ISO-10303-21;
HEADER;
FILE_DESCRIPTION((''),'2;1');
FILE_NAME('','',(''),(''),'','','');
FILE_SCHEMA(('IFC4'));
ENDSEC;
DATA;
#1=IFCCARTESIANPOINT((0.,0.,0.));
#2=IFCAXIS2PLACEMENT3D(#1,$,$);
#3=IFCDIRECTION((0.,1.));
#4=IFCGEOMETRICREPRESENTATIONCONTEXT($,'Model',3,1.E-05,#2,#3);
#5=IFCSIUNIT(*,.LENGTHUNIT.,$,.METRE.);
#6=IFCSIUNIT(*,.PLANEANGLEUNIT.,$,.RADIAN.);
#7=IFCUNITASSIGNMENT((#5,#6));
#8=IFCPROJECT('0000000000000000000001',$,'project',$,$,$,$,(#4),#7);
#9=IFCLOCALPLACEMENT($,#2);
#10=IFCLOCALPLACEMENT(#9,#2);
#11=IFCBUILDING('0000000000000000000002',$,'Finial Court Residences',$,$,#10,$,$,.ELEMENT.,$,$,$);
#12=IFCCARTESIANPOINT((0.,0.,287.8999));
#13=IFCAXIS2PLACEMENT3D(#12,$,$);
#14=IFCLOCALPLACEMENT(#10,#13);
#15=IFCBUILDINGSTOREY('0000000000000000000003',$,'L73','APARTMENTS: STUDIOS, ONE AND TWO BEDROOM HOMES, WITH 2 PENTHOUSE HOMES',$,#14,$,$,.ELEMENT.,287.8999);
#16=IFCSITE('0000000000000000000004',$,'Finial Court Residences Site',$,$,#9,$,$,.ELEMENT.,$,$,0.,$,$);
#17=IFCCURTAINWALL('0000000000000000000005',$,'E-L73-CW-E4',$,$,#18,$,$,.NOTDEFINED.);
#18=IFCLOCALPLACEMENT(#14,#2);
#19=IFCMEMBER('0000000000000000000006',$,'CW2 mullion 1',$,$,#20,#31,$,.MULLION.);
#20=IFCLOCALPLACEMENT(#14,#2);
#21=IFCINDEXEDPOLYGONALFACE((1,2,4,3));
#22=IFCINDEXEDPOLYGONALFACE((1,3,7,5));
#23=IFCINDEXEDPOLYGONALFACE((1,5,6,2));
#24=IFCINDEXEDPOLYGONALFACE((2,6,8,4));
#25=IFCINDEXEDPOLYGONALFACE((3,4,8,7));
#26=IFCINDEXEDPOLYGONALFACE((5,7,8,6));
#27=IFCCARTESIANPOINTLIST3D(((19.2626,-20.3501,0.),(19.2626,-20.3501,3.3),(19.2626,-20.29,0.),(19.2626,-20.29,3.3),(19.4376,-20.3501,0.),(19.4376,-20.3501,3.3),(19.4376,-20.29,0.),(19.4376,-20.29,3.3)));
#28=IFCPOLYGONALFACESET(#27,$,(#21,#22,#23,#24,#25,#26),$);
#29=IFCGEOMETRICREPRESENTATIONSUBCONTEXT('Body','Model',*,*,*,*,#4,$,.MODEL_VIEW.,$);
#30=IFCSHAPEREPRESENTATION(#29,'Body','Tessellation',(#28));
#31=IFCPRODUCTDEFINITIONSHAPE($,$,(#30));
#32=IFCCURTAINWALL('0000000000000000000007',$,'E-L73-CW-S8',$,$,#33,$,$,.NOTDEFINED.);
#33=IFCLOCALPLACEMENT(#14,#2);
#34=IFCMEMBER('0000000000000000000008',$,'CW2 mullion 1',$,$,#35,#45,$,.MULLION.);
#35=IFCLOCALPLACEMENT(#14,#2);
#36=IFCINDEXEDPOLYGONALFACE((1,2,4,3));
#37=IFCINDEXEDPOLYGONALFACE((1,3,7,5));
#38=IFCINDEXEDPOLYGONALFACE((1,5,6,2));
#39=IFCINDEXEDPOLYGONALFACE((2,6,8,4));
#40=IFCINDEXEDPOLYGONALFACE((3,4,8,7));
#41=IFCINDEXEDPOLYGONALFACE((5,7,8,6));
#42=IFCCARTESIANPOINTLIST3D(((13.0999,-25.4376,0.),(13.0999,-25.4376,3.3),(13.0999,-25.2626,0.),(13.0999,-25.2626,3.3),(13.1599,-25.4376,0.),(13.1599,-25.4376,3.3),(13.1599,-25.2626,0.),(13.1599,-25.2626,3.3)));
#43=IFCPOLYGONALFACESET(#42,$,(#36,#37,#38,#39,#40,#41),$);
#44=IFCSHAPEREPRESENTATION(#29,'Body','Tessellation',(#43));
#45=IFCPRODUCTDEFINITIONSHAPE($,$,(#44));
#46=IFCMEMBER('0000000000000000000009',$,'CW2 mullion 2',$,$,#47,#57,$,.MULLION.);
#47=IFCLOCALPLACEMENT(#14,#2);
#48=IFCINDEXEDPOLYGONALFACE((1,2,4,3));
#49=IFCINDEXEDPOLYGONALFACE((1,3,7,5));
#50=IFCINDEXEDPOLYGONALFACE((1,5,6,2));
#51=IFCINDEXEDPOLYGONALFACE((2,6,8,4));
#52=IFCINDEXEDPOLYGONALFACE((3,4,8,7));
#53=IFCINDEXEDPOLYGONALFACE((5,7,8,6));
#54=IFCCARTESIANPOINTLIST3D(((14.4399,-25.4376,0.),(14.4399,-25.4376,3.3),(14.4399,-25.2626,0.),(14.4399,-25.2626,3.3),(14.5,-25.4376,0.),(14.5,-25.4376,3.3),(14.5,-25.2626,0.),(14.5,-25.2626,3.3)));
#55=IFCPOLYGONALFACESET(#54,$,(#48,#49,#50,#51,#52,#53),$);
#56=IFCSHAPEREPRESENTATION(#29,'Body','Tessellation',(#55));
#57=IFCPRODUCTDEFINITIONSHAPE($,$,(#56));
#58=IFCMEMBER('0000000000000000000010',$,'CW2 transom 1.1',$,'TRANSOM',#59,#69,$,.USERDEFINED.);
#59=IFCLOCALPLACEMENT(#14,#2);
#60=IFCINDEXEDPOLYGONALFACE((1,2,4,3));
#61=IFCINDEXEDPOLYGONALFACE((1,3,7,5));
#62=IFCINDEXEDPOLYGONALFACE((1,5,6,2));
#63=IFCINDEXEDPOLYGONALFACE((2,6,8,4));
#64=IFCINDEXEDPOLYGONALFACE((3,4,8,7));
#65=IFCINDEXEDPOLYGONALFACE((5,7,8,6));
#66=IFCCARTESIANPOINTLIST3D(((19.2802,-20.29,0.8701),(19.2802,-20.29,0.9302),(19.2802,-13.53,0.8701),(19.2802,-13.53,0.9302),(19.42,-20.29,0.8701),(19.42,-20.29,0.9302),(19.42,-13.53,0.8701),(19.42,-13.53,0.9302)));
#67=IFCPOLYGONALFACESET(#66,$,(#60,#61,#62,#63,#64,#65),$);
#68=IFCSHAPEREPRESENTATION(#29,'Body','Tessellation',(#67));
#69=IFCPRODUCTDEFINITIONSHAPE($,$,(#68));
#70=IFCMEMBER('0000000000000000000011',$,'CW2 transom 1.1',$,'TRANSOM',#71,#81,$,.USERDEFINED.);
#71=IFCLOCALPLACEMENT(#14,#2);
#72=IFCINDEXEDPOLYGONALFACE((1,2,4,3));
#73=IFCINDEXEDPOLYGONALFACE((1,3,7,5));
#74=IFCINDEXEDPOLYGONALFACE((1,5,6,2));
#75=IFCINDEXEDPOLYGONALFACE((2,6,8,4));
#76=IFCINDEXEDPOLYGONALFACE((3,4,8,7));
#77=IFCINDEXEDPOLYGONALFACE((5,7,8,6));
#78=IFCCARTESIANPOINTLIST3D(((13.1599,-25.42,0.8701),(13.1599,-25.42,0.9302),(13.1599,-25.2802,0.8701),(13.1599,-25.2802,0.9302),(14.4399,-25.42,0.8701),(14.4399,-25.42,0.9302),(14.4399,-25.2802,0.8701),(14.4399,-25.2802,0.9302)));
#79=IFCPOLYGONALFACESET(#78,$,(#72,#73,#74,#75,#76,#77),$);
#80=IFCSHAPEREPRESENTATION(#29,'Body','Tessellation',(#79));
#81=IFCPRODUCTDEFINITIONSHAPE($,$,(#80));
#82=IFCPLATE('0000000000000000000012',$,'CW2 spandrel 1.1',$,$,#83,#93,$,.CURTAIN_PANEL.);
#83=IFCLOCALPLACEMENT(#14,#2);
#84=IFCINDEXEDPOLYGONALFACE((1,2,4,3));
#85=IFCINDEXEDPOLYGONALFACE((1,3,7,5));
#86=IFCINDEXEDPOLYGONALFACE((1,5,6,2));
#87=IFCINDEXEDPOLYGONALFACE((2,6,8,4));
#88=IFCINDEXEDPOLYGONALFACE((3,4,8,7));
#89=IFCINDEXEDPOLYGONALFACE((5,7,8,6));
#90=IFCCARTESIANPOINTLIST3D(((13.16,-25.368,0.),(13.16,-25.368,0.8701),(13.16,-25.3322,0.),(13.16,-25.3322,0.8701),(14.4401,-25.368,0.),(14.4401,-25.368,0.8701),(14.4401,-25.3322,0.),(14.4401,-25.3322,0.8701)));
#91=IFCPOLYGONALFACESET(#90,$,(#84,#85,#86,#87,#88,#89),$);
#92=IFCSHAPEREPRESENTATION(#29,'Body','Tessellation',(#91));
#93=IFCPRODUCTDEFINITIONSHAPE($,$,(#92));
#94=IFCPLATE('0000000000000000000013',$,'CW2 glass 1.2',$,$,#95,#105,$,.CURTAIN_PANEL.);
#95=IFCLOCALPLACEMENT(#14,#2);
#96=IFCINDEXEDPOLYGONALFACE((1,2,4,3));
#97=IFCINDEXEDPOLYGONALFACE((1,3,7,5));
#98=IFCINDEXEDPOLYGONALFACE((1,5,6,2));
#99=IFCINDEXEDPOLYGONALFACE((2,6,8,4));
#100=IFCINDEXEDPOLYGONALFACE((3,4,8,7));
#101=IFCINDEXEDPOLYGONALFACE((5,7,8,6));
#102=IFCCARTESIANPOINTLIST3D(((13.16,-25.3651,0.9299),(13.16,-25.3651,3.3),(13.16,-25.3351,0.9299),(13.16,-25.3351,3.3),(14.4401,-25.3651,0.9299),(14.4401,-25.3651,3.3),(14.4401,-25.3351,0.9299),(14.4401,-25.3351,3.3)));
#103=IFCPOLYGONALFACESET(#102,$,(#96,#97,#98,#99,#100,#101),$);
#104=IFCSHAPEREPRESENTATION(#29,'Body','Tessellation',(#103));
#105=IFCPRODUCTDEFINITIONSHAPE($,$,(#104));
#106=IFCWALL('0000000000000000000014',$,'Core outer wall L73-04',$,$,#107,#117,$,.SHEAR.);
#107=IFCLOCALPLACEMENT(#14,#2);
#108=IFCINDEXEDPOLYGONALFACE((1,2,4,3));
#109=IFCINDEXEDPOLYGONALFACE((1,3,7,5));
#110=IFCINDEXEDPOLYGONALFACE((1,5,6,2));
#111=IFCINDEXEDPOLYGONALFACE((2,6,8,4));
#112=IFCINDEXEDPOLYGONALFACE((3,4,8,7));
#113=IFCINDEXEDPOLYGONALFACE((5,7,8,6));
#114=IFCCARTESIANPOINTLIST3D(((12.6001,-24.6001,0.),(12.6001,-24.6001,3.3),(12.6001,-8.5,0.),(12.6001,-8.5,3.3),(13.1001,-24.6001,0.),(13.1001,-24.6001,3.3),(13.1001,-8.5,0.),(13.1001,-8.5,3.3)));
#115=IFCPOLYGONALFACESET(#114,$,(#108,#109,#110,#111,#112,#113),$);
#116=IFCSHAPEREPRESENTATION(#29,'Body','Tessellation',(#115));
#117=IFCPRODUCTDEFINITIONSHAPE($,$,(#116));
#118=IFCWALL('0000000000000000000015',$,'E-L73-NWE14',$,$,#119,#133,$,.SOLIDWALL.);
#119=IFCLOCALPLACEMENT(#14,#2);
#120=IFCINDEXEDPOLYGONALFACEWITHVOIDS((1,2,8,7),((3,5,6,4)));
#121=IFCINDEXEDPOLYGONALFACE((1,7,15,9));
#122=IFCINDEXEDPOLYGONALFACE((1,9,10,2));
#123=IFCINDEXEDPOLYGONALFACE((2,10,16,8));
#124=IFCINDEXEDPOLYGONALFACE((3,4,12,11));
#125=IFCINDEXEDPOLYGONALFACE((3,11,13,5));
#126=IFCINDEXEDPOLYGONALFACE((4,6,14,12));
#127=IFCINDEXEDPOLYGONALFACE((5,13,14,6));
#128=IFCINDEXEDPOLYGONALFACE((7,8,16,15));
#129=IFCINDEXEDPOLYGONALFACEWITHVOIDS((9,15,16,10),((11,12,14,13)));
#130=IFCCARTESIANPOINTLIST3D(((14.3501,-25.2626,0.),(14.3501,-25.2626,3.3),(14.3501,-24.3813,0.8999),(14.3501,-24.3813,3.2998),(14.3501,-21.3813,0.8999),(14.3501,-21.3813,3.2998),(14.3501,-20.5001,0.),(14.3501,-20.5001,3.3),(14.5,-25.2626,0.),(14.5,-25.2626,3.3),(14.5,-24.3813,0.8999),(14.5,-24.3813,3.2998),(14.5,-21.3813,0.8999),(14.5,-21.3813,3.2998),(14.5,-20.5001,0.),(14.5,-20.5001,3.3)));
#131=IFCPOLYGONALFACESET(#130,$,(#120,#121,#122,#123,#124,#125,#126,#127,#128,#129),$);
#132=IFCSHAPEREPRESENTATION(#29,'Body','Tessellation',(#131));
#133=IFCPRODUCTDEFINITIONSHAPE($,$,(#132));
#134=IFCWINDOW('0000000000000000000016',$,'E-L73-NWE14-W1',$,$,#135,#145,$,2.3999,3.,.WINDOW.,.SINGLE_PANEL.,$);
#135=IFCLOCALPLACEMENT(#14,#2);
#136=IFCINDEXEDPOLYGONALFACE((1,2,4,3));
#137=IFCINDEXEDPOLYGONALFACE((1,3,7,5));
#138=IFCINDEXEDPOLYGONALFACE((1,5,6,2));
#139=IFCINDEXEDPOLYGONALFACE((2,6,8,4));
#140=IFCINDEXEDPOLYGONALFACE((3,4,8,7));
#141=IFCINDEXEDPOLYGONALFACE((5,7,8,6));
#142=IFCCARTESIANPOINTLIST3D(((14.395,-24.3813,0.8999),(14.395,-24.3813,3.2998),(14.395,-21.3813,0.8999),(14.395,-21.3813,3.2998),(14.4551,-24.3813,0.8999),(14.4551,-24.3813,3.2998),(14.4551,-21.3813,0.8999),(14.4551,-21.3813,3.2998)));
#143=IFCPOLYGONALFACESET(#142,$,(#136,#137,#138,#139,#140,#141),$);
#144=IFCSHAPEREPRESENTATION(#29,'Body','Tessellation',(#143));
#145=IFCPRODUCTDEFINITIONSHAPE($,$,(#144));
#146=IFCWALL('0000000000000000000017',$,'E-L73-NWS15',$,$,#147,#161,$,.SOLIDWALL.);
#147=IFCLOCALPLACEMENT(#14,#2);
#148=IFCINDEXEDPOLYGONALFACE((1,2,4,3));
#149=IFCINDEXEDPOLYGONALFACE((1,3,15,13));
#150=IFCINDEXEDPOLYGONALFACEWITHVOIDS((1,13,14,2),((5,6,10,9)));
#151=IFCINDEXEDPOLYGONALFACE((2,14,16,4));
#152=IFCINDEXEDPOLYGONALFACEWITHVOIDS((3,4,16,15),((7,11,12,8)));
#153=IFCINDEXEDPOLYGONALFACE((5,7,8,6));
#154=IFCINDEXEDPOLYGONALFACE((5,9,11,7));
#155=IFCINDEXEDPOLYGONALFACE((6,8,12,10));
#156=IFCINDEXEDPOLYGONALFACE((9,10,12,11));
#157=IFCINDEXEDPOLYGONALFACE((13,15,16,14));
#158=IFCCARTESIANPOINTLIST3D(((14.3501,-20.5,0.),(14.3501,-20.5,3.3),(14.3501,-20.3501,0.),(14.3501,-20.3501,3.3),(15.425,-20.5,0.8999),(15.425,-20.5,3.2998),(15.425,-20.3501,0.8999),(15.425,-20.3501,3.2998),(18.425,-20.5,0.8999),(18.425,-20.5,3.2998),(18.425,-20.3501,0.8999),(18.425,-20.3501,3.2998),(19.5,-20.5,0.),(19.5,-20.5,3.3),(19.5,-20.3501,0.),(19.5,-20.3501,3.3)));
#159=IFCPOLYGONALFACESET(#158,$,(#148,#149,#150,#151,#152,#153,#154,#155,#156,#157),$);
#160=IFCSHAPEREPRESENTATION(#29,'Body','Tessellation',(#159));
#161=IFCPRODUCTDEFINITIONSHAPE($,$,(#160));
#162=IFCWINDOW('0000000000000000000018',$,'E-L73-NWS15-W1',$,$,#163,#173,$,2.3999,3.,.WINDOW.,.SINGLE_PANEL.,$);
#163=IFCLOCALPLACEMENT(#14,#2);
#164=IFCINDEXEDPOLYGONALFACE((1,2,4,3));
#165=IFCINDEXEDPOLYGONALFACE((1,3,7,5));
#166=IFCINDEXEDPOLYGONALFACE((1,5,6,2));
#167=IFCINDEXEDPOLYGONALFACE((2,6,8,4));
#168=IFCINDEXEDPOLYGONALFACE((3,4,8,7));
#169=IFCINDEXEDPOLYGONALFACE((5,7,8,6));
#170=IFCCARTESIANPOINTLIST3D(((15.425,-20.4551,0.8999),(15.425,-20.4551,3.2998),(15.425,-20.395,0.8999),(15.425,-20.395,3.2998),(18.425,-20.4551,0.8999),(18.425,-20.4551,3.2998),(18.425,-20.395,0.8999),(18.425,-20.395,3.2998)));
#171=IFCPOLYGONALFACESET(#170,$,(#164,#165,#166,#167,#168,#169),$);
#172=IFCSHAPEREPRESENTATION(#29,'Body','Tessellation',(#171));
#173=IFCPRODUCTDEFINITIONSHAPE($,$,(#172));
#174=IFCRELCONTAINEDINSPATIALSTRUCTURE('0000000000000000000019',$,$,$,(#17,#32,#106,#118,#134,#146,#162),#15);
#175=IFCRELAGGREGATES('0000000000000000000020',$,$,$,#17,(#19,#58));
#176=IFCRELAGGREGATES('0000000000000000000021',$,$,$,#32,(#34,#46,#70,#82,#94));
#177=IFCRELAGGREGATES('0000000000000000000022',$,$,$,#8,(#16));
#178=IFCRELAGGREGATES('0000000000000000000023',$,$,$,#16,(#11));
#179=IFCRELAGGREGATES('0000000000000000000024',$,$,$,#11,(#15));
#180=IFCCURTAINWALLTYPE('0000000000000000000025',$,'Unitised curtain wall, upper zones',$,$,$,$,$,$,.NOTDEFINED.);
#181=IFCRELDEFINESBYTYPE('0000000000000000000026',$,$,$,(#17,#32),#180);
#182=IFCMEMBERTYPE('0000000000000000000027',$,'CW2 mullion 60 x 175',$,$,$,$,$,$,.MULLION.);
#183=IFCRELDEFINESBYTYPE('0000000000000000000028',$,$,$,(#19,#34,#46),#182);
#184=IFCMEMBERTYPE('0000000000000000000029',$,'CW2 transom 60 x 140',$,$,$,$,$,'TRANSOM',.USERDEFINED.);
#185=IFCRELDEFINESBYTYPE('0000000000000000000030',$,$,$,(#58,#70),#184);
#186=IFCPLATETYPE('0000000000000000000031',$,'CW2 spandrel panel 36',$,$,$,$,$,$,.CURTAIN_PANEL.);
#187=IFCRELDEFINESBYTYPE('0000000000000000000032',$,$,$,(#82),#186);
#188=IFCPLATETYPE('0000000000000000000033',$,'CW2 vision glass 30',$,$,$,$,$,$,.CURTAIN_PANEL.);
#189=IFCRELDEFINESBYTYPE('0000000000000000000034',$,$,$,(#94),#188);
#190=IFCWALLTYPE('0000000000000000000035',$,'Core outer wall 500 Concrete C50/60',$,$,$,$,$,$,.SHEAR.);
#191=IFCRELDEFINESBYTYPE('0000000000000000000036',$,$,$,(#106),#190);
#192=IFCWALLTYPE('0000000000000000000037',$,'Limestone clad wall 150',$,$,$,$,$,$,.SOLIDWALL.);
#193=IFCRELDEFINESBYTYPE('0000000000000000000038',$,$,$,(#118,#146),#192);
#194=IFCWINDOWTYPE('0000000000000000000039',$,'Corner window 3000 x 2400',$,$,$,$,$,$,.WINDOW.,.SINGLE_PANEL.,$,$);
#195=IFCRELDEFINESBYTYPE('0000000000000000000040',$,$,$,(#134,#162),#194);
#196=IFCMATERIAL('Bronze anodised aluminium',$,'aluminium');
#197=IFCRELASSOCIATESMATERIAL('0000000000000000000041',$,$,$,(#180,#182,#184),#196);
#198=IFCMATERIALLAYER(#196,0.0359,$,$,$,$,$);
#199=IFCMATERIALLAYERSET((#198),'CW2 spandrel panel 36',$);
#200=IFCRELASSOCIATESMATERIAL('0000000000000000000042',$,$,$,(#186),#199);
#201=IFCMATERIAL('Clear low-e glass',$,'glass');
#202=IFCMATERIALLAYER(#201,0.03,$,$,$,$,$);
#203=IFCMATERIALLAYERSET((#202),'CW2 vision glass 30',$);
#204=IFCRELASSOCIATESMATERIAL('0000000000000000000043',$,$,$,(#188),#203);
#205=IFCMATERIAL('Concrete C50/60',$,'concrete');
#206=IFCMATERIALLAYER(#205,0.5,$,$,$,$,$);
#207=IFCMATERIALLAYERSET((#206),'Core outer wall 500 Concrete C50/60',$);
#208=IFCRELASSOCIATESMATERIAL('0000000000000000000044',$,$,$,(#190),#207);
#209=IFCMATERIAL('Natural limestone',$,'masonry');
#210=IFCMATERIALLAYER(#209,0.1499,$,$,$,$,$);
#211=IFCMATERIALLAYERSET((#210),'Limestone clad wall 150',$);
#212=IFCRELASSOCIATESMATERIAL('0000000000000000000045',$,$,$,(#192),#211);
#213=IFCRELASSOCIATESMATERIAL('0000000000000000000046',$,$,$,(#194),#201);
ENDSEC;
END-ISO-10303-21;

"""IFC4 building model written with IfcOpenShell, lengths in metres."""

from ifc_helpers import new_model, si_unit, direction, frame, frame_2d, origin, origin_2d, place, context, subcontext, project, spatial, rectangle, extrude, material, layer, layer_set, material_profile, profile_set, type_object, element, fill, aggregate, save


model = new_model("IFC4")

# Units and contexts
model_context = context("Model", 3, precision=1e-05, world=origin(), true_north=direction((0.0, 1.0)))
body_context = subcontext(model_context, "Body", "Model", "MODEL_VIEW")
ifc_project = project(units=[si_unit("LENGTHUNIT", "METRE"), si_unit("PLANEANGLEUNIT", "RADIAN")], contexts=[model_context])

# Site, building, storey
site_placement = place(None, origin())
site = spatial("IfcSite", under=ifc_project, at=site_placement, Name="Finial Court Residences Site", CompositionType="ELEMENT", RefElevation=0.0)
building_placement = place(site_placement, origin())
building = spatial("IfcBuilding", under=site, at=building_placement, Name="Finial Court Residences", CompositionType="ELEMENT")
storey_placement = place(building_placement, frame((0.0, 0.0, 287.8999)))
storey = spatial("IfcBuildingStorey", under=building, at=storey_placement, Name="L73", Description="APARTMENTS: STUDIOS, ONE AND TWO BEDROOM HOMES, WITH 2 PENTHOUSE HOMES", CompositionType="ELEMENT", Elevation=287.8999)

# Curtain wall, member
ifc_material_1 = material(Name="Bronze anodised aluminium", Category="aluminium")
curtain_wall_type = type_object("IfcCurtainWallType", Name="Unitised curtain wall, upper zones", PredefinedType="NOTDEFINED", material=ifc_material_1)
curtain_wall_1_placement = place(storey_placement, origin())
curtain_wall_1 = element("IfcCurtainWall", 1, at=curtain_wall_1_placement, inside=storey, type_object=curtain_wall_type, Name="E-L73-CW-E4", PredefinedType="NOTDEFINED")
ifc_material_profile_1 = material_profile(ifc_material_1, rectangle(XDim=0.175, YDim=0.0601, at=origin_2d()), Name="CW2 mullion 60 x 175")
ifc_profile_set_1 = profile_set([ifc_material_profile_1], Name="Bronze anodised aluminium")
member_type_1 = type_object("IfcMemberType", Name="CW2 mullion 60 x 175", PredefinedType="MULLION", material=ifc_profile_set_1)
member_1_placement = place(storey_placement, frame((19.3501, -20.3201, 0.0), z_axis=(0.0, 0.0, 1.0), x_axis=(-1.0, 0.0, 0.0)))
member_1 = element("IfcMember", 2, at=member_1_placement, type_object=member_type_1, Name="CW2 mullion 1", PredefinedType="MULLION", context=body_context, shape_type="SweptSolid", body=[
    extrude(rectangle(XDim=0.175, YDim=0.0601, at=origin_2d()), origin(), (0.0, 0.0, 1.0), 3.3),
])

# Curtain wall, members
curtain_wall_2_placement = place(storey_placement, origin())
curtain_wall_2 = element("IfcCurtainWall", 3, at=curtain_wall_2_placement, inside=storey, type_object=curtain_wall_type, Name="E-L73-CW-S8", PredefinedType="NOTDEFINED")
member_2_placement = place(storey_placement, frame((13.1299, -25.3501, 0.0), z_axis=(0.0, 0.0, 1.0), x_axis=(0.0, 1.0, 0.0)))
member_2 = element("IfcMember", 4, at=member_2_placement, type_object=member_type_1, Name="CW2 mullion 1", PredefinedType="MULLION", context=body_context, shape_type="SweptSolid", body=[
    extrude(rectangle(XDim=0.175, YDim=0.0601, at=origin_2d()), origin(), (0.0, 0.0, 1.0), 3.3),
])
member_3_placement = place(storey_placement, frame((14.47, -25.3501, 0.0), z_axis=(0.0, 0.0, 1.0), x_axis=(0.0, 1.0, 0.0)))
member_3 = element("IfcMember", 5, at=member_3_placement, type_object=member_type_1, Name="CW2 mullion 2", PredefinedType="MULLION", context=body_context, shape_type="SweptSolid", body=[
    extrude(rectangle(XDim=0.175, YDim=0.0601, at=origin_2d()), origin(), (0.0, 0.0, 1.0), 3.3),
])

# Members
ifc_material_profile_2 = material_profile(ifc_material_1, rectangle(XDim=0.1399, YDim=0.0601, at=origin_2d()), Name="CW2 transom 60 x 140")
ifc_profile_set_2 = profile_set([ifc_material_profile_2], Name="Bronze anodised aluminium")
member_type_2 = type_object("IfcMemberType", Name="CW2 transom 60 x 140", ElementType="TRANSOM", PredefinedType="USERDEFINED", material=ifc_profile_set_2)
member_4_placement = place(storey_placement, frame((19.3501, -20.29, 0.9001), z_axis=(0.0, 1.0, 0.0), x_axis=(-1.0, 0.0, 0.0)))
member_4 = element("IfcMember", 6, at=member_4_placement, type_object=member_type_2, Name="CW2 transom 1.1", ObjectType="TRANSOM", PredefinedType="USERDEFINED", context=body_context, shape_type="SweptSolid", body=[
    extrude(rectangle(XDim=0.1399, YDim=0.0601, at=origin_2d()), origin(), (0.0, 0.0, 1.0), 6.76),
])
aggregate(curtain_wall_1, [member_1, member_4])
member_5_placement = place(storey_placement, frame((13.1599, -25.3501, 0.9001), z_axis=(1.0, 0.0, 0.0), x_axis=(0.0, 1.0, 0.0)))
member_5 = element("IfcMember", 7, at=member_5_placement, type_object=member_type_2, Name="CW2 transom 1.1", ObjectType="TRANSOM", PredefinedType="USERDEFINED", context=body_context, shape_type="SweptSolid", body=[
    extrude(rectangle(XDim=0.1399, YDim=0.0601, at=origin_2d()), origin(), (0.0, 0.0, 1.0), 1.28),
])

# Plates
ifc_layer_1 = layer(ifc_material_1, 0.0359)
ifc_layer_set_1 = layer_set([ifc_layer_1], Name="CW2 spandrel panel 36")
plate_type_1 = type_object("IfcPlateType", Name="CW2 spandrel panel 36", PredefinedType="CURTAIN_PANEL", material=ifc_layer_set_1)
plate_1_placement = place(storey_placement, frame((13.8, -25.3501, 0.0), z_axis=(0.0, 0.0, 1.0), x_axis=(1.0, 0.0, 0.0)))
plate_1 = element("IfcPlate", 8, at=plate_1_placement, type_object=plate_type_1, Name="CW2 spandrel 1.1", PredefinedType="CURTAIN_PANEL", context=body_context, shape_type="SweptSolid", body=[
    extrude(rectangle(XDim=1.28, YDim=0.0359, at=origin_2d()), origin(), (0.0, 0.0, 1.0), 0.8701),
])
ifc_material_2 = material(Name="Clear low-e glass", Category="glass")
ifc_layer_2 = layer(ifc_material_2, 0.03)
ifc_layer_set_2 = layer_set([ifc_layer_2], Name="CW2 vision glass 30")
plate_type_2 = type_object("IfcPlateType", Name="CW2 vision glass 30", PredefinedType="CURTAIN_PANEL", material=ifc_layer_set_2)
plate_2_placement = place(storey_placement, frame((13.8, -25.3501, 0.9299), z_axis=(0.0, 0.0, 1.0), x_axis=(1.0, 0.0, 0.0)))
plate_2 = element("IfcPlate", 9, at=plate_2_placement, type_object=plate_type_2, Name="CW2 glass 1.2", PredefinedType="CURTAIN_PANEL", context=body_context, shape_type="SweptSolid", body=[
    extrude(rectangle(XDim=1.28, YDim=0.03, at=origin_2d()), origin(), (0.0, 0.0, 1.0), 2.3701),
])
aggregate(curtain_wall_2, [member_2, member_3, member_5, plate_1, plate_2])

# Wall
ifc_material_3 = material(Name="Concrete C50/60", Category="concrete")
ifc_layer_3 = layer(ifc_material_3, 0.5)
ifc_layer_set_3 = layer_set([ifc_layer_3], Name="Core outer wall 500 Concrete C50/60")
wall_type_1 = type_object("IfcWallType", Name="Core outer wall 500 Concrete C50/60", PredefinedType="SHEAR", material=ifc_layer_set_3)
wall_1_placement = place(storey_placement, frame((12.8501, -24.6001, 0.0), z_axis=(0.0, 0.0, 1.0), x_axis=(0.0, 1.0, 0.0)))
element("IfcWall", 10, at=wall_1_placement, inside=storey, type_object=wall_type_1, Name="Core outer wall L73-04", PredefinedType="SHEAR", context=body_context, shape_type="SweptSolid", body=[
    extrude(rectangle(XDim=16.1001, YDim=0.5, at=frame_2d((8.05, 0.0))), origin(), (0.0, 0.0, 1.0), 3.3),
])

# Walls, openings, windows
ifc_material_4 = material(Name="Natural limestone", Category="masonry")
ifc_layer_4 = layer(ifc_material_4, 0.1499)
ifc_layer_set_4 = layer_set([ifc_layer_4], Name="Limestone clad wall 150")
wall_type_2 = type_object("IfcWallType", Name="Limestone clad wall 150", PredefinedType="SOLIDWALL", material=ifc_layer_set_4)
wall_2_placement = place(storey_placement, frame((14.425, -20.5, 0.0), z_axis=(0.0, 0.0, 1.0), x_axis=(0.0, -1.0, 0.0)))
wall_2 = element("IfcWall", 11, at=wall_2_placement, inside=storey, type_object=wall_type_2, Name="E-L73-NWE14", PredefinedType="SOLIDWALL", context=body_context, shape_type="SweptSolid", body=[
    extrude(rectangle(XDim=4.7625, YDim=0.1499, at=frame_2d((2.3813, 0.0))), origin(), (0.0, 0.0, 1.0), 3.3),
])
opening_1_placement = place(wall_2_placement, frame((0.8813, 0.0, 0.8999)))
opening_1 = element("IfcOpeningElement", 12, at=opening_1_placement, cuts=wall_2, PredefinedType="OPENING", context=body_context, shape_type="SweptSolid", body=[
    extrude(rectangle(XDim=3.0, YDim=2.3999, at=frame_2d((1.5, 1.2))), frame((0.0, 0.085, 0.0), z_axis=(0.0, -1.0, 0.0), x_axis=(1.0, 0.0, 0.0)), (0.0, 0.0, 1.0), 0.1699),
])
window_type = type_object("IfcWindowType", Name="Corner window 3000 x 2400", PartitioningType="SINGLE_PANEL", PredefinedType="WINDOW", material=ifc_material_2)
window_1_placement = place(opening_1_placement, origin())
window_1 = element("IfcWindow", 13, at=window_1_placement, inside=storey, type_object=window_type, Name="E-L73-NWE14-W1", OverallHeight=2.3999, OverallWidth=3.0, PartitioningType="SINGLE_PANEL", PredefinedType="WINDOW", context=body_context, shape_type="SweptSolid", body=[
    extrude(rectangle(XDim=3.0, YDim=2.3999, at=frame_2d((1.5, 1.2))), frame((0.0, 0.03, 0.0), z_axis=(0.0, -1.0, 0.0), x_axis=(1.0, 0.0, 0.0)), (0.0, 0.0, 1.0), 0.0601),
])
fill(opening_1, window_1)
wall_3_placement = place(storey_placement, frame((19.5, -20.425, 0.0), z_axis=(0.0, 0.0, 1.0), x_axis=(-1.0, 0.0, 0.0)))
wall_3 = element("IfcWall", 14, at=wall_3_placement, inside=storey, type_object=wall_type_2, Name="E-L73-NWS15", PredefinedType="SOLIDWALL", context=body_context, shape_type="SweptSolid", body=[
    extrude(rectangle(XDim=5.1499, YDim=0.1499, at=frame_2d((2.575, 0.0))), origin(), (0.0, 0.0, 1.0), 3.3),
])
opening_2_placement = place(wall_3_placement, frame((1.075, 0.0, 0.8999)))
opening_2 = element("IfcOpeningElement", 15, at=opening_2_placement, cuts=wall_3, PredefinedType="OPENING", context=body_context, shape_type="SweptSolid", body=[
    extrude(rectangle(XDim=3.0, YDim=2.3999, at=frame_2d((1.5, 1.2))), frame((0.0, 0.085, 0.0), z_axis=(0.0, -1.0, 0.0), x_axis=(1.0, 0.0, 0.0)), (0.0, 0.0, 1.0), 0.1699),
])
window_2_placement = place(opening_2_placement, origin())
window_2 = element("IfcWindow", 16, at=window_2_placement, inside=storey, type_object=window_type, Name="E-L73-NWS15-W1", OverallHeight=2.3999, OverallWidth=3.0, PartitioningType="SINGLE_PANEL", PredefinedType="WINDOW", context=body_context, shape_type="SweptSolid", body=[
    extrude(rectangle(XDim=3.0, YDim=2.3999, at=frame_2d((1.5, 1.2))), frame((0.0, 0.03, 0.0), z_axis=(0.0, -1.0, 0.0), x_axis=(1.0, 0.0, 0.0)), (0.0, 0.0, 1.0), 0.0601),
])
fill(opening_2, window_2)

save(model, "model.ifc")
